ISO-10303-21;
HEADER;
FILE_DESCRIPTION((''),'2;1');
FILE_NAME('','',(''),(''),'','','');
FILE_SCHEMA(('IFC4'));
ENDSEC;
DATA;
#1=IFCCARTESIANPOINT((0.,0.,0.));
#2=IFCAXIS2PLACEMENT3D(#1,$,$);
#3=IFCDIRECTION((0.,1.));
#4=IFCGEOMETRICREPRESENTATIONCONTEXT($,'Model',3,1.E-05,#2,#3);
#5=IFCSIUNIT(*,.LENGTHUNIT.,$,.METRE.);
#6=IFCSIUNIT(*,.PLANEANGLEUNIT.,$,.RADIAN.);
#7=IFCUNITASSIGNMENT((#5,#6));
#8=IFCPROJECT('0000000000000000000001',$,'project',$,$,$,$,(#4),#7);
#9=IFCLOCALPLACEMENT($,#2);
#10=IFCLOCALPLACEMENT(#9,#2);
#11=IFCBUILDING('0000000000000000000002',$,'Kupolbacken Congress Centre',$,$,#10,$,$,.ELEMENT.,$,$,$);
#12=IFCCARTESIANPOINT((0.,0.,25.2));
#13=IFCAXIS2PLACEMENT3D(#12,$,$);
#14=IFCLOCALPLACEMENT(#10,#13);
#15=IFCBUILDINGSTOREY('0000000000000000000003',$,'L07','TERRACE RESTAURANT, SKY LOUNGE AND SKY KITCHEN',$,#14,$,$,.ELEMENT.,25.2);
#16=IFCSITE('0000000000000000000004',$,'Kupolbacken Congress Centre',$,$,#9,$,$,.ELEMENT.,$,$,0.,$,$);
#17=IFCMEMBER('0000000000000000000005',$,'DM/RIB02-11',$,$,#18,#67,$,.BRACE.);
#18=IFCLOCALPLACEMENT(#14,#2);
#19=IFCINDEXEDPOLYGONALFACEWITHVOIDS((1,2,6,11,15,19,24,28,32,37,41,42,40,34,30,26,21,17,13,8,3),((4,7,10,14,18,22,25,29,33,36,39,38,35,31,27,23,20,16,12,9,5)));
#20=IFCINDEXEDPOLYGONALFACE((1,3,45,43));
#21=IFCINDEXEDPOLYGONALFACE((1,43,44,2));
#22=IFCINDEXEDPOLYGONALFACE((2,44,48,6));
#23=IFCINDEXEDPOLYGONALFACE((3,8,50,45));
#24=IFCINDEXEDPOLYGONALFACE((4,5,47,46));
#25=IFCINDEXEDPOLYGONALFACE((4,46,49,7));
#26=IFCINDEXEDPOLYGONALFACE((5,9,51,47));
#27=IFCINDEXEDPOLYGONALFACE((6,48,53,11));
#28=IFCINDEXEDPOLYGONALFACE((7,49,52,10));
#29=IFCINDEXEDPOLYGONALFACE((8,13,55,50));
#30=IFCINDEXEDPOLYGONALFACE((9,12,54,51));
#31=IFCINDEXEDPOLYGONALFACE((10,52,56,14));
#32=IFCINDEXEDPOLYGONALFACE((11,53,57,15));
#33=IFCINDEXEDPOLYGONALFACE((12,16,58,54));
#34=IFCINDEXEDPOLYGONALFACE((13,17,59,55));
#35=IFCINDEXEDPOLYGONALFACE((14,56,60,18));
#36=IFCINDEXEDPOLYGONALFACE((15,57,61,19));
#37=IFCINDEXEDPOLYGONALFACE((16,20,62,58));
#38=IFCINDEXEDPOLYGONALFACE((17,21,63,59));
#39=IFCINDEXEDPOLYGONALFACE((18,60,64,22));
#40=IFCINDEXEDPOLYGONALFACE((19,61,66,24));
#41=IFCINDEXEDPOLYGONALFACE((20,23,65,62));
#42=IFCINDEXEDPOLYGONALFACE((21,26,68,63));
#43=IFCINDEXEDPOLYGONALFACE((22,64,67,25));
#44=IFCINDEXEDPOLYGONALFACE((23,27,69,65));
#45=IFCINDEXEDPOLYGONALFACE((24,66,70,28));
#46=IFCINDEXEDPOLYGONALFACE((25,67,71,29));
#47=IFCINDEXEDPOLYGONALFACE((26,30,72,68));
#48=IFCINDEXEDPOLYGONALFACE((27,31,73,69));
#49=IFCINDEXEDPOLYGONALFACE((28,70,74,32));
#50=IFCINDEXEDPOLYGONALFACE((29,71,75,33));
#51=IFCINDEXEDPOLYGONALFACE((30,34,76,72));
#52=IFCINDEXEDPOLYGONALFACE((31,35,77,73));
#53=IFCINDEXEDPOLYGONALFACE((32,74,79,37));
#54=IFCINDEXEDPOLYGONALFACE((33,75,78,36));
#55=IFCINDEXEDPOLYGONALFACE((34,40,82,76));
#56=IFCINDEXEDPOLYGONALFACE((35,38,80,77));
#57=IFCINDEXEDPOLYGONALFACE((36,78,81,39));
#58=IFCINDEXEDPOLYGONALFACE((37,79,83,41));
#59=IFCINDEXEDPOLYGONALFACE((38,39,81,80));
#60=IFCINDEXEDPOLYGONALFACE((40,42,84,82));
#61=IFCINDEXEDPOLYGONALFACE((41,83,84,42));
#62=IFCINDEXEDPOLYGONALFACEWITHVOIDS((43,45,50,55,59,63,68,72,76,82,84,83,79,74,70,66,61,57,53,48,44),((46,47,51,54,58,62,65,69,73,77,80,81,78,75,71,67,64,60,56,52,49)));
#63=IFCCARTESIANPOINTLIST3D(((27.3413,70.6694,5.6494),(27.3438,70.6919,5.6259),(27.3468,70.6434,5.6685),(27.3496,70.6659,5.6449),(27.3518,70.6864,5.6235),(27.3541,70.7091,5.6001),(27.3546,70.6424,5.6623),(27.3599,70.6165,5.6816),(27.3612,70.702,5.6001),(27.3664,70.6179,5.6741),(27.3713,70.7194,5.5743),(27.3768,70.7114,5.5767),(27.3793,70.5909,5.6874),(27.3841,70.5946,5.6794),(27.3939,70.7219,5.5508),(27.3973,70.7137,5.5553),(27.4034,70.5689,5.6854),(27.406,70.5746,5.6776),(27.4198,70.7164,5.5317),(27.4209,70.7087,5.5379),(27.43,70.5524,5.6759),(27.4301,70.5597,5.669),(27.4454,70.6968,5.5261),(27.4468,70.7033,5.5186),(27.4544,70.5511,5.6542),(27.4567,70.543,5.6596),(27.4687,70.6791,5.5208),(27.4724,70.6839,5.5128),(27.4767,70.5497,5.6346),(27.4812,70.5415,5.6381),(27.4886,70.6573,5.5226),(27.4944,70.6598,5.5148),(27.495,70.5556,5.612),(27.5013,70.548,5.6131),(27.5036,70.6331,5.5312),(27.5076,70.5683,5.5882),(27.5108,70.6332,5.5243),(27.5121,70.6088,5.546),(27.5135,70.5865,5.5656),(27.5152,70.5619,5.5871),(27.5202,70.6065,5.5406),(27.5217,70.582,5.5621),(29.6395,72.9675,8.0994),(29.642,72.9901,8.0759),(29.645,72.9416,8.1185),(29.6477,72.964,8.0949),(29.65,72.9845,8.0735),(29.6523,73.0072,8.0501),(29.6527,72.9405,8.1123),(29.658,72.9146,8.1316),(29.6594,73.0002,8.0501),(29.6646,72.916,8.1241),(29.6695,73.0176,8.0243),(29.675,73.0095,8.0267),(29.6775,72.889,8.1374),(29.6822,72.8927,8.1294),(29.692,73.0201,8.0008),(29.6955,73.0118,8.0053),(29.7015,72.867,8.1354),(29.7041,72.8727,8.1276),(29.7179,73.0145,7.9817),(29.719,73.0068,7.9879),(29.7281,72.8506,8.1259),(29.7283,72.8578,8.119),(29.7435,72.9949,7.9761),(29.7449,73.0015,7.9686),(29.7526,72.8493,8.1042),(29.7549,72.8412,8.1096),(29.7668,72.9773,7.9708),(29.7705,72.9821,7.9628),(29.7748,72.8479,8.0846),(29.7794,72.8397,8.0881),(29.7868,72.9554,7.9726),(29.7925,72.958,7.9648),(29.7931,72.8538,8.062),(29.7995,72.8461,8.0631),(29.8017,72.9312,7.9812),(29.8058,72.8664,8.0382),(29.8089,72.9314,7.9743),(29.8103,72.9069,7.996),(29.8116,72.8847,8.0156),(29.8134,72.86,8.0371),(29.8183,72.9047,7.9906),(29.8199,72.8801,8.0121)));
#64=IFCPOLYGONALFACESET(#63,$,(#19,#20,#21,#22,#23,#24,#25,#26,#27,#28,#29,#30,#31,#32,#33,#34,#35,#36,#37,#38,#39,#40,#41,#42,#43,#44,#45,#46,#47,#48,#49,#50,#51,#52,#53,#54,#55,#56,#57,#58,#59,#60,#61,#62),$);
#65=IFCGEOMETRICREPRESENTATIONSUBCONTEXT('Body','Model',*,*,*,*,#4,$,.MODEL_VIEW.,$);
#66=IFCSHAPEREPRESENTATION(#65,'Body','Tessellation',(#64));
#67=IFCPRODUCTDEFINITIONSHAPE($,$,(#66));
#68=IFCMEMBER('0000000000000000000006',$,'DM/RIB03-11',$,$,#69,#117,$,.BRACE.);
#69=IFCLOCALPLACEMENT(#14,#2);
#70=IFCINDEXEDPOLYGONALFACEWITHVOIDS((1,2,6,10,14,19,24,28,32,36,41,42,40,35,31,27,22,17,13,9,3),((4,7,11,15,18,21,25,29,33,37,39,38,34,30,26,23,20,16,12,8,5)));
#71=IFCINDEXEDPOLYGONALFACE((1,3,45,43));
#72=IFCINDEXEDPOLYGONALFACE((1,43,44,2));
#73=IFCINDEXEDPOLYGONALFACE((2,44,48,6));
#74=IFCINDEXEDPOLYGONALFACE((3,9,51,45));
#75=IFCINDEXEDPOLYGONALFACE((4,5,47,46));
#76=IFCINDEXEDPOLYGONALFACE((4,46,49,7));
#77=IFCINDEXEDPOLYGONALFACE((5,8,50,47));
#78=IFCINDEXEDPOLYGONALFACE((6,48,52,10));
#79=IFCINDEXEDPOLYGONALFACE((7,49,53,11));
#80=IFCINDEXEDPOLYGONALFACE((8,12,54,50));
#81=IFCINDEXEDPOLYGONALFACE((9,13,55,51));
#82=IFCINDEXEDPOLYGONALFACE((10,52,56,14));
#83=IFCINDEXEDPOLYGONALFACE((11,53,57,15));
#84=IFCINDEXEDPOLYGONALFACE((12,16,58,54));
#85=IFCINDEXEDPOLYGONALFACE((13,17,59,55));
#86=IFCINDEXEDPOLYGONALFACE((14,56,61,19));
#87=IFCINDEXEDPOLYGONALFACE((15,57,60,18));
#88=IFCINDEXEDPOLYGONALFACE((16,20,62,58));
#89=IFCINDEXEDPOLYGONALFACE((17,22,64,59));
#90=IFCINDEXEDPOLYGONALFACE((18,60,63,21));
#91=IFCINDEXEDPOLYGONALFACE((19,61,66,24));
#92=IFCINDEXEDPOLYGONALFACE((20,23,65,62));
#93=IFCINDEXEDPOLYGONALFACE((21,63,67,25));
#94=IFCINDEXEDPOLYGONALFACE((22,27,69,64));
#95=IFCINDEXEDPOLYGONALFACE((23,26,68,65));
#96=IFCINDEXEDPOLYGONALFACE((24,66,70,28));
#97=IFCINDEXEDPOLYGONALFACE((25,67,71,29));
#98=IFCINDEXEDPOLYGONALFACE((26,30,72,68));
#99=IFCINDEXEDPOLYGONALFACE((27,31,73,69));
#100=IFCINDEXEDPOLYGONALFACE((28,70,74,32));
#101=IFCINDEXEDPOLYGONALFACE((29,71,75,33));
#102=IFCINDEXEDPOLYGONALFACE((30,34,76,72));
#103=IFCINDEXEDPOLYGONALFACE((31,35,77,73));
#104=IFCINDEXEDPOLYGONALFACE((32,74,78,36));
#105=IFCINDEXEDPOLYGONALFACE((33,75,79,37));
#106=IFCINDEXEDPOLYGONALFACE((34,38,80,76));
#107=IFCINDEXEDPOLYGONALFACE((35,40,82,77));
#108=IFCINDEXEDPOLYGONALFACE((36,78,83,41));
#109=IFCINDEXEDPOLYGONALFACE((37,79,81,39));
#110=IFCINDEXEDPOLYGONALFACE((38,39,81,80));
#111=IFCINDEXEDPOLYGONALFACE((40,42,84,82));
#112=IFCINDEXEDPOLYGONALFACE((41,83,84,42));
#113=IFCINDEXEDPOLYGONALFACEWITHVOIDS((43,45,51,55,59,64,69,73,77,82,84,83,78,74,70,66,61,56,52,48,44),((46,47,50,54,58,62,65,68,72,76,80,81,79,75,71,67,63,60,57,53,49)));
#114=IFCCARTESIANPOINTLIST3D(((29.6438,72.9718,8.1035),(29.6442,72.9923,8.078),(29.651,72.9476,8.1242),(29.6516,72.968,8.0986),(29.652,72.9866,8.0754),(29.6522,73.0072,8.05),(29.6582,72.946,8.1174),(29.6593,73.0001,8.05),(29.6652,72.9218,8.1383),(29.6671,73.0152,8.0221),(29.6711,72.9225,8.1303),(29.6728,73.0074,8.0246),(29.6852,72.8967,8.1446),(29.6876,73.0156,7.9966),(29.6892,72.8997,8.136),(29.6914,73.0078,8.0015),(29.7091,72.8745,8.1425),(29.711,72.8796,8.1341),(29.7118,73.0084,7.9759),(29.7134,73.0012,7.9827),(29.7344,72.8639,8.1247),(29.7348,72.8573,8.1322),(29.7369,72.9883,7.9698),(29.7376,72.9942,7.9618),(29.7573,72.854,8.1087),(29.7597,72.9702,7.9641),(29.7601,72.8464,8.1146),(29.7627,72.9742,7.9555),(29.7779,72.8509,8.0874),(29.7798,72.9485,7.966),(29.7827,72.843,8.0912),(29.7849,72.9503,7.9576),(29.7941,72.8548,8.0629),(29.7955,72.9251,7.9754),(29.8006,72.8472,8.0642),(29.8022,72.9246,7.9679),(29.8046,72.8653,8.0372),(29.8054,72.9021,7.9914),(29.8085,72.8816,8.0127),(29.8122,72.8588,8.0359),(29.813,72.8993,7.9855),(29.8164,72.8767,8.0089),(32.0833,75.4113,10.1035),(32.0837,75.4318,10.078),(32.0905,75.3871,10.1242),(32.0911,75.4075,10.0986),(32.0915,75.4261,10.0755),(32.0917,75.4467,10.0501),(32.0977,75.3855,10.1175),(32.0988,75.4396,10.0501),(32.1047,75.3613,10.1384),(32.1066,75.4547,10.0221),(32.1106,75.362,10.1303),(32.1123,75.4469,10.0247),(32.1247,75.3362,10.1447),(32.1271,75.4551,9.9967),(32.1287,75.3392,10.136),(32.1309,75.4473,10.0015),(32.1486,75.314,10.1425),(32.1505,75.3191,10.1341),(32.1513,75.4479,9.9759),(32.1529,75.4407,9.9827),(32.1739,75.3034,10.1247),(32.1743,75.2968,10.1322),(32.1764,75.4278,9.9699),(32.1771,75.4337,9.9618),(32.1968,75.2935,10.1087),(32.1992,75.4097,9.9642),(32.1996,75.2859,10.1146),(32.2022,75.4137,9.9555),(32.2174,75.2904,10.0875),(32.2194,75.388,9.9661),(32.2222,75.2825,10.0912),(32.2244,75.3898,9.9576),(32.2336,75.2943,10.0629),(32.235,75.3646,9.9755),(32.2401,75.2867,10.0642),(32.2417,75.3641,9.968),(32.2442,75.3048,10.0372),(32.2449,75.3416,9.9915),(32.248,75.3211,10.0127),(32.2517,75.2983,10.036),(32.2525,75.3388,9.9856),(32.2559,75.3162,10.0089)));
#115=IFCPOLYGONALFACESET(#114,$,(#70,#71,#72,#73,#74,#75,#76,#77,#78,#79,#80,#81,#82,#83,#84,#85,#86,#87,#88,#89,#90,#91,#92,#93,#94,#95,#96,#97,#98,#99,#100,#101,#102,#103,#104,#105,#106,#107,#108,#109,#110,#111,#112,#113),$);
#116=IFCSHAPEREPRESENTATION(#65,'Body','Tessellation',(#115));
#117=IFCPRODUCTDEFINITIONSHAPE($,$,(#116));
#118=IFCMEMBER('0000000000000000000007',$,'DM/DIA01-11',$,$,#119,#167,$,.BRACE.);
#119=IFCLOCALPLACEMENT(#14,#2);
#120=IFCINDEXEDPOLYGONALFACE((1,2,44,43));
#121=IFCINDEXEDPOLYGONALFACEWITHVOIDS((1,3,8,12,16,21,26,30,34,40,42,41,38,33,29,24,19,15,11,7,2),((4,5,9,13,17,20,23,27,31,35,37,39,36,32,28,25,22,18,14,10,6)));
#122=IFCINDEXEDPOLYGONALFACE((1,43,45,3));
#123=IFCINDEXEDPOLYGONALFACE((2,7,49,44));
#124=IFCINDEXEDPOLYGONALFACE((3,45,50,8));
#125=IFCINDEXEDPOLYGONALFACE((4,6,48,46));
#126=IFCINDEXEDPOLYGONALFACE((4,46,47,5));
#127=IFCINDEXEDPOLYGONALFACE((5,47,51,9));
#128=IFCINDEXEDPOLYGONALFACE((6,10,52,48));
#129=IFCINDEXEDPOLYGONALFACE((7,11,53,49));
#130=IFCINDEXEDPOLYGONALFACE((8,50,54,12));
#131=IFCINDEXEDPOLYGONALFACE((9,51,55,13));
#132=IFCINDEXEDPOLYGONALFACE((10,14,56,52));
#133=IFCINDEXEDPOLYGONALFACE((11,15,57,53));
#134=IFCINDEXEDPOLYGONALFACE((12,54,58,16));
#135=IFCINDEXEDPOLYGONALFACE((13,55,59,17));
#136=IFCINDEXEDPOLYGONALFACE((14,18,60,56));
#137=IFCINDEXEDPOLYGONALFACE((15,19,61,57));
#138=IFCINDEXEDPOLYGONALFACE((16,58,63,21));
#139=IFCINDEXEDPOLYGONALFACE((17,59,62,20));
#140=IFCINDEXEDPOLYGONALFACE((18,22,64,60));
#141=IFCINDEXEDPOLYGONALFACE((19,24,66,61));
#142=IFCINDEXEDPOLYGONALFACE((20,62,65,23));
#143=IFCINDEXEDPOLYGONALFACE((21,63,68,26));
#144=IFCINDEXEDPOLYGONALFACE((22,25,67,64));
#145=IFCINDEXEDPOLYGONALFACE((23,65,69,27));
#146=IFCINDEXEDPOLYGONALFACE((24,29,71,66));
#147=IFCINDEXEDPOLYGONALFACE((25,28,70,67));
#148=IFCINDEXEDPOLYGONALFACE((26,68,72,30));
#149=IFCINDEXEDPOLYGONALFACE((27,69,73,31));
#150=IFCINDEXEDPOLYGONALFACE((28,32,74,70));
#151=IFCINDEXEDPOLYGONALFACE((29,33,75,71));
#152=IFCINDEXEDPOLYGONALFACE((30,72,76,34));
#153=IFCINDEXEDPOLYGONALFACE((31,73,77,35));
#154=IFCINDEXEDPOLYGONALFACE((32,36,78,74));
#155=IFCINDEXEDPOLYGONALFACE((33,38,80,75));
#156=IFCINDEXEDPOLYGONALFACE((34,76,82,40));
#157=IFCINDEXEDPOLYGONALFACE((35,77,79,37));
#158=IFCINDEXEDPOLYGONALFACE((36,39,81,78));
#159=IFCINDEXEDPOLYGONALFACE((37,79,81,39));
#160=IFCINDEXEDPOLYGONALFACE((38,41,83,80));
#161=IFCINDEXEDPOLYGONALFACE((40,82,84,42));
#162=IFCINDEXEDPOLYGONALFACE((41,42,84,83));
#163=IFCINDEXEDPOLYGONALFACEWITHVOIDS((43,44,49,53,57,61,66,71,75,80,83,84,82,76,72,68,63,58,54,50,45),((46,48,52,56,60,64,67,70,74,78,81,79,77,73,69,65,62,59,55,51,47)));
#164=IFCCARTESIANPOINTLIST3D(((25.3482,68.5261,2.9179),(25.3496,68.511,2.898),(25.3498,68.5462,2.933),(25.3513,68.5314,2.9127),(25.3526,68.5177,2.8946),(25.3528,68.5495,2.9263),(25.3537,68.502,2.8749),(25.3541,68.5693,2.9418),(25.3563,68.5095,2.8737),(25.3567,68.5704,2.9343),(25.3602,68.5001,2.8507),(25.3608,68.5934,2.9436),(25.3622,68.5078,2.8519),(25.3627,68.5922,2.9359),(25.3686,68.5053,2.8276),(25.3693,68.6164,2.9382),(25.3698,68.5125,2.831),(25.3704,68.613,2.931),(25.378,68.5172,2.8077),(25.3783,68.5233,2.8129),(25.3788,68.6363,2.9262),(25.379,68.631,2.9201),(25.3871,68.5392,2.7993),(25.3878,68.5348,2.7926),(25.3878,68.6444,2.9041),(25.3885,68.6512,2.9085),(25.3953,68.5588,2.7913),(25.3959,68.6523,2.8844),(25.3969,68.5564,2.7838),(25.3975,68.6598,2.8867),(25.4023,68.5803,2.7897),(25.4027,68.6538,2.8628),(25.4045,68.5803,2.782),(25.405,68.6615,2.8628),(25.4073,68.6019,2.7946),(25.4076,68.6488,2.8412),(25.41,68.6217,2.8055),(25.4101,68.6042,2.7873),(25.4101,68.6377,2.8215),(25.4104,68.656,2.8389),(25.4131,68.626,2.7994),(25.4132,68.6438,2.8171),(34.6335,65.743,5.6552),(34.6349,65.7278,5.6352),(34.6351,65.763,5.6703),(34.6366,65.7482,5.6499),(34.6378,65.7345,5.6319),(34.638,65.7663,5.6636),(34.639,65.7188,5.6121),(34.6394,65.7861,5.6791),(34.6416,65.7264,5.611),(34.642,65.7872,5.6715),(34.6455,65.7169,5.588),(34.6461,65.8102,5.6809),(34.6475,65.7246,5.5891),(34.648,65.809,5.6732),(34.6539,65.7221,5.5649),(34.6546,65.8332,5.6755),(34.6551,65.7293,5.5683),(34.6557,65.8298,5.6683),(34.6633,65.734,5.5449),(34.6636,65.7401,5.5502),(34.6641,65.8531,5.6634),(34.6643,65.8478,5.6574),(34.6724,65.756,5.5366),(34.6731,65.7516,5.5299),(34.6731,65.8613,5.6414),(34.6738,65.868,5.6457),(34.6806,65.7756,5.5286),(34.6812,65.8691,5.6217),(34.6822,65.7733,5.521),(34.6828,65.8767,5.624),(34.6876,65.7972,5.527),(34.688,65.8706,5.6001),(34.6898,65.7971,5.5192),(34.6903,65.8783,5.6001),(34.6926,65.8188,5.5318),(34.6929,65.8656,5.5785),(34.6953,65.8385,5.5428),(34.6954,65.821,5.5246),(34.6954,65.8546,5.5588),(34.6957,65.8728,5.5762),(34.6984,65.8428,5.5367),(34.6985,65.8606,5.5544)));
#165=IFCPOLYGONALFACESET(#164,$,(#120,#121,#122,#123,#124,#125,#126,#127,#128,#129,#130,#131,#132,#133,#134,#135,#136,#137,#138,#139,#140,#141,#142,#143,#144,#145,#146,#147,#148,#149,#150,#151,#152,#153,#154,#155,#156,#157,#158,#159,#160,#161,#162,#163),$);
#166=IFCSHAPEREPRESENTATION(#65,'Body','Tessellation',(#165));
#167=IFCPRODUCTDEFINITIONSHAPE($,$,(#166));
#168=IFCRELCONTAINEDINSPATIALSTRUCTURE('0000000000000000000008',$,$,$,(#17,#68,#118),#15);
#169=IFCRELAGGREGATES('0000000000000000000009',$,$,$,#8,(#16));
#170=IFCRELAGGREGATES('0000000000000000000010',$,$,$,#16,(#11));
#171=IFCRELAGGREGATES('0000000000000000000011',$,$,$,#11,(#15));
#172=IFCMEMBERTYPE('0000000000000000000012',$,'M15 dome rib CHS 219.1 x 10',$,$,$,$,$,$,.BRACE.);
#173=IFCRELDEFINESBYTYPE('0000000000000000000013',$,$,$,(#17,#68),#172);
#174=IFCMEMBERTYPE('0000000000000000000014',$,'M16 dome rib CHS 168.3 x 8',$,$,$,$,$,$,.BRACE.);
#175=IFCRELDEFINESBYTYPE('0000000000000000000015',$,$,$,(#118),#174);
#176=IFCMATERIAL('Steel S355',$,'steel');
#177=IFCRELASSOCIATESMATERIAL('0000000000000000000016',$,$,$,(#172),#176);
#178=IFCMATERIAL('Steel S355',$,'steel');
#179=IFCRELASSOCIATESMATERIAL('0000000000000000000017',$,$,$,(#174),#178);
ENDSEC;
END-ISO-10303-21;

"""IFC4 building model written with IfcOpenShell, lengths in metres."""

from ifc_helpers import new_model, si_unit, direction, frame, origin, origin_2d, place, context, subcontext, project, spatial, hollow_circle, extrude, material, material_profile, profile_set, type_object, element, save


model = new_model("IFC4")

# Units and contexts
model_context = context("Model", 3, precision=1e-05, world=origin(), true_north=direction((0.0, 1.0)))
body_context = subcontext(model_context, "Body", "Model", "MODEL_VIEW")
ifc_project = project(units=[si_unit("LENGTHUNIT", "METRE"), si_unit("PLANEANGLEUNIT", "RADIAN")], contexts=[model_context])

# Site, building, storey
site_placement = place(None, origin())
site = spatial("IfcSite", under=ifc_project, at=site_placement, Name="Kupolbacken Congress Centre", CompositionType="ELEMENT", RefElevation=0.0)
building_placement = place(site_placement, origin())
building = spatial("IfcBuilding", under=site, at=building_placement, Name="Kupolbacken Congress Centre", CompositionType="ELEMENT")
storey_placement = place(building_placement, frame((0.0, 0.0, 25.2)))
storey = spatial("IfcBuildingStorey", under=building, at=storey_placement, Name="L07", Description="TERRACE RESTAURANT, SKY LOUNGE AND SKY KITCHEN", CompositionType="ELEMENT", Elevation=25.2)

# Members
ifc_material_1 = material(Name="Steel S355", Category="steel")
ifc_material_profile_1 = material_profile(ifc_material_1, hollow_circle(Radius=0.1096, WallThickness=0.01, at=origin_2d()), Name="CHS 219.1 x 10")
ifc_profile_set_1 = profile_set([ifc_material_profile_1], Name="Steel S355")
member_type_1 = type_object("IfcMemberType", Name="M15 dome rib CHS 219.1 x 10", PredefinedType="BRACE", material=ifc_profile_set_1)
member_1_placement = place(storey_placement, frame((27.4316, 70.6316, 5.6001), z_axis=(0.564645, 0.564645, 0.601956), x_axis=(-0.707107, 0.707107, 0.0)))
element("IfcMember", 1, at=member_1_placement, inside=storey, type_object=member_type_1, Name="DM/RIB02-11", PredefinedType="BRACE", context=body_context, shape_type="SweptSolid", body=[
    extrude(hollow_circle(Radius=0.1096, WallThickness=0.01, at=origin_2d()), origin(), (0.0, 0.0, 1.0), 4.0701),
])
member_2_placement = place(storey_placement, frame((29.7297, 72.9297, 8.05), z_axis=(0.611742, 0.611742, 0.50154), x_axis=(-0.707107, 0.707107, 0.0)))
element("IfcMember", 2, at=member_2_placement, inside=storey, type_object=member_type_1, Name="DM/RIB03-11", PredefinedType="BRACE", context=body_context, shape_type="SweptSolid", body=[
    extrude(hollow_circle(Radius=0.1096, WallThickness=0.01, at=origin_2d()), origin(), (0.0, 0.0, 1.0), 3.9878),
])
ifc_material_2 = material(Name="Steel S355", Category="steel")
ifc_material_profile_2 = material_profile(ifc_material_2, hollow_circle(Radius=0.0842, WallThickness=0.0081, at=origin_2d()), Name="CHS 168.3 x 8")
ifc_profile_set_2 = profile_set([ifc_material_profile_2], Name="Steel S355")
member_type_2 = type_object("IfcMemberType", Name="M16 dome rib CHS 168.3 x 8", PredefinedType="BRACE", material=ifc_profile_set_2)
member_3_placement = place(storey_placement, frame((25.3809, 68.5808, 2.8628), z_axis=(0.921845, -0.276314, 0.271757), x_axis=(0.287119, 0.957895, 0.0)))
element("IfcMember", 3, at=member_3_placement, inside=storey, type_object=member_type_2, Name="DM/DIA01-11", PredefinedType="BRACE", context=body_context, shape_type="SweptSolid", body=[
    extrude(hollow_circle(Radius=0.0842, WallThickness=0.0081, at=origin_2d()), origin(), (0.0, 0.0, 1.0), 10.0725),
])

save(model, "model.ifc")
